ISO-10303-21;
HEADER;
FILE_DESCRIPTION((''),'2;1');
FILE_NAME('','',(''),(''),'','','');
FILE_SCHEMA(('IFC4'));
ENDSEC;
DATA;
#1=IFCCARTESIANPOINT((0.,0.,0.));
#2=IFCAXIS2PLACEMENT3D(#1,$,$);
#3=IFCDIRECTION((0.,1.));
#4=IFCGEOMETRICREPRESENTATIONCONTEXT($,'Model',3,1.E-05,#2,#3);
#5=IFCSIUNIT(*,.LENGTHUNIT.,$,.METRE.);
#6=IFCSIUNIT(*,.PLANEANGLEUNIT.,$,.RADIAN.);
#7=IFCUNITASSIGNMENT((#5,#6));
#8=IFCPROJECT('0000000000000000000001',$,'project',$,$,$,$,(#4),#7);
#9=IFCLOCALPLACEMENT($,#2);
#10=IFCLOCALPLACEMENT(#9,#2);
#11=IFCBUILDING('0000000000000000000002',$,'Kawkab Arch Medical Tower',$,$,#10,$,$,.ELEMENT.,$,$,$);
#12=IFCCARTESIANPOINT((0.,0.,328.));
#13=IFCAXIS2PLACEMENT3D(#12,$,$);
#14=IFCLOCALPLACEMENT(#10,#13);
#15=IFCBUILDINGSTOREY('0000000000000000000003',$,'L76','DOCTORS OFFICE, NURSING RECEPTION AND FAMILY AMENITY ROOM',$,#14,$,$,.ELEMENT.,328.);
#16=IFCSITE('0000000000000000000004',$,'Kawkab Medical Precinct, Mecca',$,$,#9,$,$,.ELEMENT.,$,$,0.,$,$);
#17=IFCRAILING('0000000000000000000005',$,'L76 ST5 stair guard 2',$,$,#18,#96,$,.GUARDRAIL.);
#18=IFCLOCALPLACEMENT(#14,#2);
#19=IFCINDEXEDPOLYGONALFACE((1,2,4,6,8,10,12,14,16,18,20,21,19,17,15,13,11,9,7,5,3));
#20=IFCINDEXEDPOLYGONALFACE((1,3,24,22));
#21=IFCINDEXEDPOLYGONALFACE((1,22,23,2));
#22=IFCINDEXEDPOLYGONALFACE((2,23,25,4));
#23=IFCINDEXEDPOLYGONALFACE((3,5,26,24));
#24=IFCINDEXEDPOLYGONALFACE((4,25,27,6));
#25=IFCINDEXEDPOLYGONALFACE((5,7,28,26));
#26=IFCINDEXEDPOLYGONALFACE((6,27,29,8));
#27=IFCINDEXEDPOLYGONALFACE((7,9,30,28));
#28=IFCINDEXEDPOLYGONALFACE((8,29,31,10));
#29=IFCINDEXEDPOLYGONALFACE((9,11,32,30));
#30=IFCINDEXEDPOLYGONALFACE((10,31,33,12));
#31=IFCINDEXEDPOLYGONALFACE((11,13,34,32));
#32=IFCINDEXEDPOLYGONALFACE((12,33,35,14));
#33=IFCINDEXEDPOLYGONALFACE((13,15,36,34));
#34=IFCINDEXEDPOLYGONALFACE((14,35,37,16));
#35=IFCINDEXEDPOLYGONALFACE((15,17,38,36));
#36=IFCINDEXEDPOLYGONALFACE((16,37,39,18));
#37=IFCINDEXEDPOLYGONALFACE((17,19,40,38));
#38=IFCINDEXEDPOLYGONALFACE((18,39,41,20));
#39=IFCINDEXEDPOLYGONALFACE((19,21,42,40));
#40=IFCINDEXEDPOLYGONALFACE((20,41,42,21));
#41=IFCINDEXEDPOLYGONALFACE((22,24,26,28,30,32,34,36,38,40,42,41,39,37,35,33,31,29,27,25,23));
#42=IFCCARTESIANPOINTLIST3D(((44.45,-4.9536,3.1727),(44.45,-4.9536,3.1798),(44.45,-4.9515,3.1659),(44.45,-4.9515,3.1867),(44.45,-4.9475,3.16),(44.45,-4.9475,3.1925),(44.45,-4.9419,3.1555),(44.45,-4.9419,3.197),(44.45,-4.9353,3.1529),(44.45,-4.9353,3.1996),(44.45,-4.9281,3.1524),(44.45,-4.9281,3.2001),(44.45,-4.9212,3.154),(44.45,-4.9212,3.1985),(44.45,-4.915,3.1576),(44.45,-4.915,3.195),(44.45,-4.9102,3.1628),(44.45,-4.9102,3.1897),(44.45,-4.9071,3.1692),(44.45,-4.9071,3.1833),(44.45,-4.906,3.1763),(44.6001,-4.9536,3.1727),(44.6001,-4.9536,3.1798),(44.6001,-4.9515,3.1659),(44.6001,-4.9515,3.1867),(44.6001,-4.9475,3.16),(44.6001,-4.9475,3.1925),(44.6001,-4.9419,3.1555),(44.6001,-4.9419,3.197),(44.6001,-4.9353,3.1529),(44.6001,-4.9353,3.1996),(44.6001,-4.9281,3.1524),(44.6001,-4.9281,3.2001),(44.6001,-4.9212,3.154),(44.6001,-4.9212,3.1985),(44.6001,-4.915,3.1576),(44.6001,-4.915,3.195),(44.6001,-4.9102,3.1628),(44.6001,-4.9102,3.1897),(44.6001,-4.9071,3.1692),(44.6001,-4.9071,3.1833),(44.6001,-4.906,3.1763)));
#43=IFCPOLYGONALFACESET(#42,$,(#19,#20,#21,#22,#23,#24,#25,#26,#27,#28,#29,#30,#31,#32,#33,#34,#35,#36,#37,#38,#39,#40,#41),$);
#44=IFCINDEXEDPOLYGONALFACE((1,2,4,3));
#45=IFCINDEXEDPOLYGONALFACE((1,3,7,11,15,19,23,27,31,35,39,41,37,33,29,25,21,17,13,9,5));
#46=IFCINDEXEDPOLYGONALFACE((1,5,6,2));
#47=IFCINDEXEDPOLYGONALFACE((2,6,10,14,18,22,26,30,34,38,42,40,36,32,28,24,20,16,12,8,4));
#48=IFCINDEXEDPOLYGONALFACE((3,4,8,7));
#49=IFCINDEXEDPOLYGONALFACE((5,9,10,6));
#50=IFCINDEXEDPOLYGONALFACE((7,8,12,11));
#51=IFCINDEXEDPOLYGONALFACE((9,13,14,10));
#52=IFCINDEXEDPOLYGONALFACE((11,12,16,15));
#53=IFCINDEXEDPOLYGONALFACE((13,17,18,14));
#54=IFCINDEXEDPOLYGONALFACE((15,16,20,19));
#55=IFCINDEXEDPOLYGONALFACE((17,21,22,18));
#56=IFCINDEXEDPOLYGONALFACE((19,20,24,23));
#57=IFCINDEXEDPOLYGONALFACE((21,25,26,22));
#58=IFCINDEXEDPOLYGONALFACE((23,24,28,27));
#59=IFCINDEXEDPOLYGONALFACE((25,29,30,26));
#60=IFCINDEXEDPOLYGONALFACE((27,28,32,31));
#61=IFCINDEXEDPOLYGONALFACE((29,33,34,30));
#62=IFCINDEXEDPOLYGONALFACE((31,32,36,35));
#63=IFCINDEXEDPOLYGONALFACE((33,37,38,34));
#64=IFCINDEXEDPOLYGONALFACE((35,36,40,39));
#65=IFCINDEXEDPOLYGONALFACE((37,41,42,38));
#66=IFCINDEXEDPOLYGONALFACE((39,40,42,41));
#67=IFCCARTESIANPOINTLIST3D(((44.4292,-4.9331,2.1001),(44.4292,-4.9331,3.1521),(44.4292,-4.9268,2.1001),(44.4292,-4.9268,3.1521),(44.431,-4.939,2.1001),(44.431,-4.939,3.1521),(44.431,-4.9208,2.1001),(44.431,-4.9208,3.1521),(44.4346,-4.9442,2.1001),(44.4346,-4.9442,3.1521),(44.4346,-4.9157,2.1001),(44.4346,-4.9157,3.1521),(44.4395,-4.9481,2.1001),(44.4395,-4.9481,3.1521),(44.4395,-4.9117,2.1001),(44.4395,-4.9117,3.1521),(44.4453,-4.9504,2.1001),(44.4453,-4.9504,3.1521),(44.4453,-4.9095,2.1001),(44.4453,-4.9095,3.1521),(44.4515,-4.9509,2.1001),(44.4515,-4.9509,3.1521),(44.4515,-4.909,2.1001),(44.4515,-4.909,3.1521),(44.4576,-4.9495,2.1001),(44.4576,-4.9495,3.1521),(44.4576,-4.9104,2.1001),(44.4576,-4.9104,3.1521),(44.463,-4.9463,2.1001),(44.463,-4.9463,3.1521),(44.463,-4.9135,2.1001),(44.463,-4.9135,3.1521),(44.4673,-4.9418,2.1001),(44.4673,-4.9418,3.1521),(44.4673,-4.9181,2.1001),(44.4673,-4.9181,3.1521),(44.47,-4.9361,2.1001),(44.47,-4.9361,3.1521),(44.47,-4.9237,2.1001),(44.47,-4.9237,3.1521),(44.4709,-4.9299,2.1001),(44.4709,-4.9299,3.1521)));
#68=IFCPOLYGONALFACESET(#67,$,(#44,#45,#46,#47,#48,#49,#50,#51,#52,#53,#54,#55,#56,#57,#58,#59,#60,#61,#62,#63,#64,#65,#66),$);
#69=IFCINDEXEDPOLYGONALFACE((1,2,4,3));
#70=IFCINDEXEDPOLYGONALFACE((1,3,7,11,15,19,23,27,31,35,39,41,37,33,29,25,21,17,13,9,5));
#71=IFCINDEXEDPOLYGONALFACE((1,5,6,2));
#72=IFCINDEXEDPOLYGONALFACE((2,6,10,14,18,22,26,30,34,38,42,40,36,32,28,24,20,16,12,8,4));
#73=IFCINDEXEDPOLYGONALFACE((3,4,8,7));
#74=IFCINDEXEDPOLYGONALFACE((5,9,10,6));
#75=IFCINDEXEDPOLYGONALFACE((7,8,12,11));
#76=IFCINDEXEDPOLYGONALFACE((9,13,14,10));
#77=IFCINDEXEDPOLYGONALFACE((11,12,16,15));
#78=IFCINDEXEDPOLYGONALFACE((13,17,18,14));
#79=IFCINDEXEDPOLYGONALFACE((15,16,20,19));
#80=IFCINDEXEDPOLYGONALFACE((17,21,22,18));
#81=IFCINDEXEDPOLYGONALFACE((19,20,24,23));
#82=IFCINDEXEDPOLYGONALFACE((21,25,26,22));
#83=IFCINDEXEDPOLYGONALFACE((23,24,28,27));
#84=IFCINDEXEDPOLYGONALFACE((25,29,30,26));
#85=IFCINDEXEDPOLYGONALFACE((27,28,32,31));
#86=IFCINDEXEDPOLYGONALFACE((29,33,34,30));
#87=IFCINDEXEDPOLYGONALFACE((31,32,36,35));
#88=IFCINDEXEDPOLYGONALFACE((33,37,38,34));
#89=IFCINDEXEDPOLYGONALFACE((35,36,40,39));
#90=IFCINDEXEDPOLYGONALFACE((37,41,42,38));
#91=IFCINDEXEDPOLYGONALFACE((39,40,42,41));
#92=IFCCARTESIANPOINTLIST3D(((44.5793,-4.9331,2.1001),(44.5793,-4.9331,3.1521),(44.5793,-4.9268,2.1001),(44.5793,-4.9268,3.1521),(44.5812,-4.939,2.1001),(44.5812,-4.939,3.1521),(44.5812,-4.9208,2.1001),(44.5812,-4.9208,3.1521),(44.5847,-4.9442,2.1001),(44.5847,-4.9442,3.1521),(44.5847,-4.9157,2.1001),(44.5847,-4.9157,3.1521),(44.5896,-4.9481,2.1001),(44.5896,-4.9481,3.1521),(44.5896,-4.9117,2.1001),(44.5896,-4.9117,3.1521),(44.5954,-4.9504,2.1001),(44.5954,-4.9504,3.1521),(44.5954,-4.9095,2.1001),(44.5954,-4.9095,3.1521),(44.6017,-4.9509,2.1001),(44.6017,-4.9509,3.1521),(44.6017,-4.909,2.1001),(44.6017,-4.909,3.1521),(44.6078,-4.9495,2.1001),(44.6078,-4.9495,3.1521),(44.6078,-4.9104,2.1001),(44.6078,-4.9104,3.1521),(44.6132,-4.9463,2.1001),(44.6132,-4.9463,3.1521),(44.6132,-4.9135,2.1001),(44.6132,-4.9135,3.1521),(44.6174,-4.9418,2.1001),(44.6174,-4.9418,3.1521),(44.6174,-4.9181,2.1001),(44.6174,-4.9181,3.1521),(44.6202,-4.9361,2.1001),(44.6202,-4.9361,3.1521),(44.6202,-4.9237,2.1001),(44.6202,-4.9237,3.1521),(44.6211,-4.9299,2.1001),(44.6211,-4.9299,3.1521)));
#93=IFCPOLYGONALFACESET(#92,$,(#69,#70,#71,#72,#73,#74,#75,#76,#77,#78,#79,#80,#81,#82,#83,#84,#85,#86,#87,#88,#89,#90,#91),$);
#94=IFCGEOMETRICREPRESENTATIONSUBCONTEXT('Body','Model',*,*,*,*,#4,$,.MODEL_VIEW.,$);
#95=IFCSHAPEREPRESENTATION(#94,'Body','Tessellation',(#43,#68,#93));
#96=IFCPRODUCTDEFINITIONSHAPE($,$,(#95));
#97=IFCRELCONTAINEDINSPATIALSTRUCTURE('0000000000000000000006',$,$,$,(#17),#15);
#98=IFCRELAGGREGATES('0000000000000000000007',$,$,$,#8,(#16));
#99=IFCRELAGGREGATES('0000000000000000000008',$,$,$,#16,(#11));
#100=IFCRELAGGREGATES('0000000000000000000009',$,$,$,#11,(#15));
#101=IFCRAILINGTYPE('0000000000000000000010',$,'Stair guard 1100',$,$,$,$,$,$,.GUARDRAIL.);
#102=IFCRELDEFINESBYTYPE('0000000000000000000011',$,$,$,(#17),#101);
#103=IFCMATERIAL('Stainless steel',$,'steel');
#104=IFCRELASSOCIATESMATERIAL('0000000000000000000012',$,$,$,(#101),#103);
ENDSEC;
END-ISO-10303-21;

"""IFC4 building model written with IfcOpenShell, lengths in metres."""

from ifc_helpers import new_model, si_unit, direction, frame, origin, origin_2d, place, context, subcontext, project, spatial, circle, extrude, material, type_object, element, save


model = new_model("IFC4")

# Units and contexts
model_context = context("Model", 3, precision=1e-05, world=origin(), true_north=direction((0.0, 1.0)))
body_context = subcontext(model_context, "Body", "Model", "MODEL_VIEW")
ifc_project = project(units=[si_unit("LENGTHUNIT", "METRE"), si_unit("PLANEANGLEUNIT", "RADIAN")], contexts=[model_context])

# Site, building, storey
site_placement = place(None, origin())
site = spatial("IfcSite", under=ifc_project, at=site_placement, Name="Kawkab Medical Precinct, Mecca", CompositionType="ELEMENT", RefElevation=0.0)
building_placement = place(site_placement, origin())
building = spatial("IfcBuilding", under=site, at=building_placement, Name="Kawkab Arch Medical Tower", CompositionType="ELEMENT")
storey_placement = place(building_placement, frame((0.0, 0.0, 328.0)))
storey = spatial("IfcBuildingStorey", under=building, at=storey_placement, Name="L76", Description="DOCTORS OFFICE, NURSING RECEPTION AND FAMILY AMENITY ROOM", CompositionType="ELEMENT", Elevation=328.0)

# Railing
ifc_material_1 = material(Name="Stainless steel", Category="steel")
railing_type = type_object("IfcRailingType", Name="Stair guard 1100", PredefinedType="GUARDRAIL", material=ifc_material_1)
railing_1_placement = place(storey_placement, frame((44.45, -4.9299, 2.1001)))
element("IfcRailing", 1, at=railing_1_placement, inside=storey, type_object=railing_type, Name="L76 ST5 stair guard 2", PredefinedType="GUARDRAIL", context=body_context, shape_type="SweptSolid", body=[
    extrude(circle(Radius=0.0239, at=origin_2d()), frame((0.0, 0.0, 1.0762), z_axis=(1.0, 0.0, 0.0), x_axis=(0.0, 1.0, 0.0)), (0.0, 0.0, 1.0), 0.1501),
    extrude(circle(Radius=0.021, at=origin_2d()), origin(), (0.0, 0.0, 1.0), 1.052),
    extrude(circle(Radius=0.021, at=origin_2d()), frame((0.1501, 0.0, 0.0)), (0.0, 0.0, 1.0), 1.052),
])

save(model, "model.ifc")
